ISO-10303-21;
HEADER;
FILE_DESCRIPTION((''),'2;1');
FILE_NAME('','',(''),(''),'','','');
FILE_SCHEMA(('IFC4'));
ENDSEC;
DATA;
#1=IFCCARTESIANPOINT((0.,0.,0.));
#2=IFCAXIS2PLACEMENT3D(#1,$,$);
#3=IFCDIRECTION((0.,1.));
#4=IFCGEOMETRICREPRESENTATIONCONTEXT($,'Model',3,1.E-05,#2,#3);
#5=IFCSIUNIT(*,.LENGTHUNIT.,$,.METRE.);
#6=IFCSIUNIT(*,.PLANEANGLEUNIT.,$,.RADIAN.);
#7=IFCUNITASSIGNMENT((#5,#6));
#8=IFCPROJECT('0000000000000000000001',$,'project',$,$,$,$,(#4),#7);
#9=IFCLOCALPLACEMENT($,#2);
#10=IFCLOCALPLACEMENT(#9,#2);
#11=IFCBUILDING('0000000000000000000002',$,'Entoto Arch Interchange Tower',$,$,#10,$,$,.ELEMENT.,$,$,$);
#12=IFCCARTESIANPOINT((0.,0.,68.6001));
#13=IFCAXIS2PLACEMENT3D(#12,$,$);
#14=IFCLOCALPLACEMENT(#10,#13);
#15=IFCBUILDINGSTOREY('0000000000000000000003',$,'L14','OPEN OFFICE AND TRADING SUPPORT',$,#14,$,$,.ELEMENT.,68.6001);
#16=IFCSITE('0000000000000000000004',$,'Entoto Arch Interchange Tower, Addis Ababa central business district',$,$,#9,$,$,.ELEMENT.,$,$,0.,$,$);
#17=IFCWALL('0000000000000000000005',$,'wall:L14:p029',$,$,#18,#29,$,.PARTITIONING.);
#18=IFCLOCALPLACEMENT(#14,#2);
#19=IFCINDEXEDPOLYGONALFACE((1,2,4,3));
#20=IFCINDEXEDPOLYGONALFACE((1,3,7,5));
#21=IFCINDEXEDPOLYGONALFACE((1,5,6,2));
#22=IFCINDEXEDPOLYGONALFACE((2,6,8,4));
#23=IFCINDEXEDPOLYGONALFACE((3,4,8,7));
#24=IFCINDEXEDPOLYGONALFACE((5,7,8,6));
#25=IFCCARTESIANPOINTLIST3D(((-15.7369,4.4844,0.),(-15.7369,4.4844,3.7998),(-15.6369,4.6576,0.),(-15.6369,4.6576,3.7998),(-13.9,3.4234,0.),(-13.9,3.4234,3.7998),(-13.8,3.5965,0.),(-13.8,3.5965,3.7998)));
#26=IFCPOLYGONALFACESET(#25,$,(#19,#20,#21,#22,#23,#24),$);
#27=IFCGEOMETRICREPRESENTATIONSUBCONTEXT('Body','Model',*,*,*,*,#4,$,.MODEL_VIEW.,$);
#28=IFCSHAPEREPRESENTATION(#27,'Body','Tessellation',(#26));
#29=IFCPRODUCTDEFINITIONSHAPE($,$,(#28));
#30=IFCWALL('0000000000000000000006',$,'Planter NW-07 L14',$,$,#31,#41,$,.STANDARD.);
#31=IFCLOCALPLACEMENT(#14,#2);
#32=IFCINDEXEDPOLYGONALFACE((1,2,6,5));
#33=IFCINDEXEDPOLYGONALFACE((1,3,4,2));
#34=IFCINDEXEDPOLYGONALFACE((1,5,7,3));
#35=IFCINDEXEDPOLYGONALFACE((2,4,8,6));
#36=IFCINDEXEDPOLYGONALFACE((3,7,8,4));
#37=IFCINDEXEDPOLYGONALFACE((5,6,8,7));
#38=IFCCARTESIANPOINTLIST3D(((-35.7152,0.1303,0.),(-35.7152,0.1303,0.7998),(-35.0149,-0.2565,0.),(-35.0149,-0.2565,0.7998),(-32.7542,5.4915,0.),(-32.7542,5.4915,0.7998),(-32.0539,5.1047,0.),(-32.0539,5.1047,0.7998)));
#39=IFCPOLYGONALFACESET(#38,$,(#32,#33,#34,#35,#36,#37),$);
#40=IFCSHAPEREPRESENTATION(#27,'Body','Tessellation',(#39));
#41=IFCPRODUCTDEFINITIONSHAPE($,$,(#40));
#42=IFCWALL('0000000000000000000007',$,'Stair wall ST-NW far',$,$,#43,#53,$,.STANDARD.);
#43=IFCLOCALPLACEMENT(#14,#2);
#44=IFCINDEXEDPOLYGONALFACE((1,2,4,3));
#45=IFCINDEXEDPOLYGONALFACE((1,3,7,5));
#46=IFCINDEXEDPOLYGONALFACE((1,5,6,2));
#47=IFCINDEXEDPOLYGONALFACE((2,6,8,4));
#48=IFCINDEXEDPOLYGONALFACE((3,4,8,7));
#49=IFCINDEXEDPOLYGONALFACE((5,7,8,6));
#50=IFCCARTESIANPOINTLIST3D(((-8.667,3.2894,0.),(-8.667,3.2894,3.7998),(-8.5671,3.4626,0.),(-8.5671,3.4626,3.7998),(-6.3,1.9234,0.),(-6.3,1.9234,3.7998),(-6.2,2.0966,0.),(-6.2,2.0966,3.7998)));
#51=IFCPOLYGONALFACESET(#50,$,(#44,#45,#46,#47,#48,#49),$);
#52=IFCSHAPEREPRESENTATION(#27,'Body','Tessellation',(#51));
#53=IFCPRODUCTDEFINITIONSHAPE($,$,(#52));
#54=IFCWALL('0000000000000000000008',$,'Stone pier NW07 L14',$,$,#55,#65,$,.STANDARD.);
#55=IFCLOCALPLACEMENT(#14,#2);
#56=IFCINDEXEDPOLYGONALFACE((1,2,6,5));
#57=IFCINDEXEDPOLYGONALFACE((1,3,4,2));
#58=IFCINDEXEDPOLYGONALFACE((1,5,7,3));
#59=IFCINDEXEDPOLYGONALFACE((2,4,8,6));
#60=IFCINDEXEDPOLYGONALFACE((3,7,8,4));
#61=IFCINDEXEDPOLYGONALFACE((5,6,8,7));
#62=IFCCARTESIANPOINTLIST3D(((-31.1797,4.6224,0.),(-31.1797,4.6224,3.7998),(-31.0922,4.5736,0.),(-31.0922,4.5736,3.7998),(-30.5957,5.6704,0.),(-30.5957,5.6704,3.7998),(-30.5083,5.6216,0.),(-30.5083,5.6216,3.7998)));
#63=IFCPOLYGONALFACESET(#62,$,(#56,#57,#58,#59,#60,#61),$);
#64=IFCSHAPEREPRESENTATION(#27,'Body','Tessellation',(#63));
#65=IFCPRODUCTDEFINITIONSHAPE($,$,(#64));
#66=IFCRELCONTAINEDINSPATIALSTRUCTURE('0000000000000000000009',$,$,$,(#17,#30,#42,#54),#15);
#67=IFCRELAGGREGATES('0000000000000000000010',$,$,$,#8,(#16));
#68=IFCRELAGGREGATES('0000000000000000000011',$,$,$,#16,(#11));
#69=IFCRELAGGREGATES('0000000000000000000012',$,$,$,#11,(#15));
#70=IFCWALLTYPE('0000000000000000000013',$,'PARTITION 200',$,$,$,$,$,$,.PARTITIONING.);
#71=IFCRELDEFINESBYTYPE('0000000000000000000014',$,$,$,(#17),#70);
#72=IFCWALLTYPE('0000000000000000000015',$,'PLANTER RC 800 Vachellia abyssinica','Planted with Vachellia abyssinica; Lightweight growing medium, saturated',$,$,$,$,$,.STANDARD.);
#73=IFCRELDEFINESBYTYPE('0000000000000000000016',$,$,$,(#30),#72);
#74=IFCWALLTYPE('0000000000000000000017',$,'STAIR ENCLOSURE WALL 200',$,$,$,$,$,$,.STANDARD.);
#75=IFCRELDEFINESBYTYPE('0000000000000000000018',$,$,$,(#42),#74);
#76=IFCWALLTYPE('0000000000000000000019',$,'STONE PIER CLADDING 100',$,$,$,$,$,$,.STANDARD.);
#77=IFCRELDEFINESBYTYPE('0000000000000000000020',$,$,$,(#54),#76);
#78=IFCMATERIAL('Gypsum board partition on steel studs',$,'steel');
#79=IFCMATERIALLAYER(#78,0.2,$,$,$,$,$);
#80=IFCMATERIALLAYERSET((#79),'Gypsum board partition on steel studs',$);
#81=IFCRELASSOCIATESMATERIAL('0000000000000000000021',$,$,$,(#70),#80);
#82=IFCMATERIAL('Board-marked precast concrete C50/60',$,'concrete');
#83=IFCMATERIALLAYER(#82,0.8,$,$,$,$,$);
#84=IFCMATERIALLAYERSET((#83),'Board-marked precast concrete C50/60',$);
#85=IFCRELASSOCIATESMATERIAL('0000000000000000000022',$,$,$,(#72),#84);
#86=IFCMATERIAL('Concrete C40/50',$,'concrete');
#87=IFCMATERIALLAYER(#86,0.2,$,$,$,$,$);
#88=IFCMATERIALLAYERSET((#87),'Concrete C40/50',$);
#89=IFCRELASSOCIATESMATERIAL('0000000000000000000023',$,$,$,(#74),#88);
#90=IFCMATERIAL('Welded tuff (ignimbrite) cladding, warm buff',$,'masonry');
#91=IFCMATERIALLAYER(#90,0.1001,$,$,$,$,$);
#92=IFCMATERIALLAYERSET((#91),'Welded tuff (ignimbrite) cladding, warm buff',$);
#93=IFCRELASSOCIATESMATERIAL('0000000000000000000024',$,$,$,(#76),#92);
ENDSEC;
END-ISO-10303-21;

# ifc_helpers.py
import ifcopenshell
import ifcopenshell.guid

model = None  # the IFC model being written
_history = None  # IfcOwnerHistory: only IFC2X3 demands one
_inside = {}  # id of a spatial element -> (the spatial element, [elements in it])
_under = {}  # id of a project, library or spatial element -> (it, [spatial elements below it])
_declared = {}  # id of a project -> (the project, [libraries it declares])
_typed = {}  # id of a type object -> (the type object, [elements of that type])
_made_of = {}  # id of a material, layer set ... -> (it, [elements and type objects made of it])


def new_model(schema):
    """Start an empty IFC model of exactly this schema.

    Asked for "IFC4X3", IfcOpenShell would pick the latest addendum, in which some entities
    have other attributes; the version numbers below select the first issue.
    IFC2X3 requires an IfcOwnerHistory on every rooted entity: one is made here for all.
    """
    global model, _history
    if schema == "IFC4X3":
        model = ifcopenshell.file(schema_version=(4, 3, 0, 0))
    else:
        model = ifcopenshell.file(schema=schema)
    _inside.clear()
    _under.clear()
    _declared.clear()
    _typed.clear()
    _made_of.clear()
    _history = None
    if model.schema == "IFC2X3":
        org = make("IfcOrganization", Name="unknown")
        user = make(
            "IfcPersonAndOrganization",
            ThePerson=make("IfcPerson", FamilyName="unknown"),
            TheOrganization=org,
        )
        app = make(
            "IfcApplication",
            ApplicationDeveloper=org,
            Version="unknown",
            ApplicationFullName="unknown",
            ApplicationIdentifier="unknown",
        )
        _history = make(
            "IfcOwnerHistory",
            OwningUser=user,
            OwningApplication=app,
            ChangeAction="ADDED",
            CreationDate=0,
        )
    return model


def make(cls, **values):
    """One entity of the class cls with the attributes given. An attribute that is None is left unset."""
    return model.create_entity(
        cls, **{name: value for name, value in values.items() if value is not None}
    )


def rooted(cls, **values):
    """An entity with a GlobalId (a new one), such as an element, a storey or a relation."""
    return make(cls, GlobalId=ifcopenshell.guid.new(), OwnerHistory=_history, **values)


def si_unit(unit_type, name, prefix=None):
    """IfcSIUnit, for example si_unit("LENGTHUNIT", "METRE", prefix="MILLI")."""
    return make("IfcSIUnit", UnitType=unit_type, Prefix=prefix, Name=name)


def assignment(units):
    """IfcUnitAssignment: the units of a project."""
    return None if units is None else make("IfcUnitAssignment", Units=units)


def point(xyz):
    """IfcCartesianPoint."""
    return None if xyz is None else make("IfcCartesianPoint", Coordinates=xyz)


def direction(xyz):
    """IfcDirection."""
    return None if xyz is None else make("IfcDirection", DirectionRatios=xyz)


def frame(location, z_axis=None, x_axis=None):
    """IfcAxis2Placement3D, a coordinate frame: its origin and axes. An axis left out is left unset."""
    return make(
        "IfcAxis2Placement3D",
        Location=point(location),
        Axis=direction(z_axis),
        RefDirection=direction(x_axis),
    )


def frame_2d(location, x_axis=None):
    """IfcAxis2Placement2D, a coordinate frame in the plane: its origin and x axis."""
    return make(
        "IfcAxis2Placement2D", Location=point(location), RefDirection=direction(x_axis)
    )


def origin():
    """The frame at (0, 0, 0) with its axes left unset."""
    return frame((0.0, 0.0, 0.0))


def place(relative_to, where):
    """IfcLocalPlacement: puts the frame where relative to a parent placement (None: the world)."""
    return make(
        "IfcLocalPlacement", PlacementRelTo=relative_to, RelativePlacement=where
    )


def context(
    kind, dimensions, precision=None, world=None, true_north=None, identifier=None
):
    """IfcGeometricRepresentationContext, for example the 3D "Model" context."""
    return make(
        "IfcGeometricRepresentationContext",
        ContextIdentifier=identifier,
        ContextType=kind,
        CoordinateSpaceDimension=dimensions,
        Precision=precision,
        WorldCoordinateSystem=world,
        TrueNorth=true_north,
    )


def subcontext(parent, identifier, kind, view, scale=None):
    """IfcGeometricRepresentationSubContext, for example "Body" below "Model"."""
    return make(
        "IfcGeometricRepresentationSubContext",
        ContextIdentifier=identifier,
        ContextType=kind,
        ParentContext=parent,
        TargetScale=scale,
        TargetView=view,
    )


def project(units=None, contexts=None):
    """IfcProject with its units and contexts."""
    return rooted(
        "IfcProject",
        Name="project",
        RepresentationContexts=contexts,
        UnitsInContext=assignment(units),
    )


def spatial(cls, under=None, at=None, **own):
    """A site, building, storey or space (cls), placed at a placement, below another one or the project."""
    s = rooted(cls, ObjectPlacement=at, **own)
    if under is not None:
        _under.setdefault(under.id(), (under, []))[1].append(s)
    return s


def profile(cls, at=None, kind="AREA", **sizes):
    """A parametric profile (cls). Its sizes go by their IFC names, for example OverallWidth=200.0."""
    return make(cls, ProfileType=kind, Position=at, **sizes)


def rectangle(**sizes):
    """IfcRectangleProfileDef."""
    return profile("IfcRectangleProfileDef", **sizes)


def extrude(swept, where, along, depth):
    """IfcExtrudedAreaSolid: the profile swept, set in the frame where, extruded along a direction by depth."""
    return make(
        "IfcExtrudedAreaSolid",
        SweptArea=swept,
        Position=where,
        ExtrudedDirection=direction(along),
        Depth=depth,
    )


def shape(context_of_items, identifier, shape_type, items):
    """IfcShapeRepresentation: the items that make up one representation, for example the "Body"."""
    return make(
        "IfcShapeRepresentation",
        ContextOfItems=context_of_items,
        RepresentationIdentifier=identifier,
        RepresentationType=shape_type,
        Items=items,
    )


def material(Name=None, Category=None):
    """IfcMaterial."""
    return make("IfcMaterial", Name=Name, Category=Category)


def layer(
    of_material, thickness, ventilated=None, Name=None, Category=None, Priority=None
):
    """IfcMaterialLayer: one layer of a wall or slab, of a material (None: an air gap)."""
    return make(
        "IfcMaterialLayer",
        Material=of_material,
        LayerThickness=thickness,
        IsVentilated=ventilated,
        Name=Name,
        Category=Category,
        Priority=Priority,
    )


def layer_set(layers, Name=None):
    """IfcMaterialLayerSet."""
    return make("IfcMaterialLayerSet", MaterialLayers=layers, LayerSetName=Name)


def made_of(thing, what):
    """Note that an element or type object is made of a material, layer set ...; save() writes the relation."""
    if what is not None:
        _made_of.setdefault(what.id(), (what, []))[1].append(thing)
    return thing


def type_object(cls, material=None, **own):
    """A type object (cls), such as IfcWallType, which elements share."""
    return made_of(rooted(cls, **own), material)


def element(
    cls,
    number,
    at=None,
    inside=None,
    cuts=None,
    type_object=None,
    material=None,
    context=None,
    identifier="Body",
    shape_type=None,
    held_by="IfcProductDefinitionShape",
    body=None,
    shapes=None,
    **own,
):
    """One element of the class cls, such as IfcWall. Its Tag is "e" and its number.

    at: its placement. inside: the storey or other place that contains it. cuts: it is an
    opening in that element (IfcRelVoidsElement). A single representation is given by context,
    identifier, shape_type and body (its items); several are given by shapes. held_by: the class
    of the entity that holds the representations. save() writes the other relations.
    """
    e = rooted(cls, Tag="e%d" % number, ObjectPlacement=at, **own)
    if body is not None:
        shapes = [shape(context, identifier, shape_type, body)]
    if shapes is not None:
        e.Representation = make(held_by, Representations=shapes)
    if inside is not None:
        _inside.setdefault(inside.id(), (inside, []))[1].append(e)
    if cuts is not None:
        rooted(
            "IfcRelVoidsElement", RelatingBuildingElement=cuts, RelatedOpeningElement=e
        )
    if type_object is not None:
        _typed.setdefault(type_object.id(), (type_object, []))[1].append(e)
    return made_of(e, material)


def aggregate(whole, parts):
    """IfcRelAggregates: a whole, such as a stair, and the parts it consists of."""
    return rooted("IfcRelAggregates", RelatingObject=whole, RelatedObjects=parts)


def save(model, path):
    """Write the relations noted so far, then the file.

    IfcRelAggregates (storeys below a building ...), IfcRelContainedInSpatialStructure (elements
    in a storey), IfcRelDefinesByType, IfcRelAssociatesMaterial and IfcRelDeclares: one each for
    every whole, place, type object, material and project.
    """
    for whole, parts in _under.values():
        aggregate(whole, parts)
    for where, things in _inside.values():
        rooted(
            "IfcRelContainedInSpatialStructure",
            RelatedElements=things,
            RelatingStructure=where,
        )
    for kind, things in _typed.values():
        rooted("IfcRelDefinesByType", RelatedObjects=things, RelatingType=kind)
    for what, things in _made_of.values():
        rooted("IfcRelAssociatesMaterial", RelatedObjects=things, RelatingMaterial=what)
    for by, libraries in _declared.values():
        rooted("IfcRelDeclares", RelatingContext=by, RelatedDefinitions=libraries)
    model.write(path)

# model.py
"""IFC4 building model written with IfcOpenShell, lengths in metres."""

from ifc_helpers import new_model, si_unit, direction, frame, frame_2d, origin, place, context, subcontext, project, spatial, rectangle, extrude, material, layer, layer_set, type_object, element, save


model = new_model("IFC4")

# Units and contexts
model_context = context("Model", 3, precision=1e-05, world=origin(), true_north=direction((0.0, 1.0)))
body_context = subcontext(model_context, "Body", "Model", "MODEL_VIEW")
ifc_project = project(units=[si_unit("LENGTHUNIT", "METRE"), si_unit("PLANEANGLEUNIT", "RADIAN")], contexts=[model_context])

# Site, building, storey
site_placement = place(None, origin())
site = spatial("IfcSite", under=ifc_project, at=site_placement, Name="Entoto Arch Interchange Tower, Addis Ababa central business district", CompositionType="ELEMENT", RefElevation=0.0)
building_placement = place(site_placement, origin())
building = spatial("IfcBuilding", under=site, at=building_placement, Name="Entoto Arch Interchange Tower", CompositionType="ELEMENT")
storey_placement = place(building_placement, frame((0.0, 0.0, 68.6001)))
storey = spatial("IfcBuildingStorey", under=building, at=storey_placement, Name="L14", Description="OPEN OFFICE AND TRADING SUPPORT", CompositionType="ELEMENT", Elevation=68.6001)

# Shared definitions
ifc_material_1 = material(Name="Concrete C40/50", Category="concrete")
ifc_material_2 = material(Name="Gypsum board partition on steel studs", Category="steel")

# Shared definitions
ifc_layer_1 = layer(ifc_material_2, 0.2)
ifc_layer_set_1 = layer_set([ifc_layer_1], Name="Gypsum board partition on steel studs")
wall_type_1 = type_object("IfcWallType", Name="PARTITION 200", PredefinedType="PARTITIONING", material=ifc_layer_set_1)

# Walls
wall_1_placement = place(storey_placement, frame((-13.8501, 3.51, 0.0), z_axis=(0.0, 0.0, 1.0), x_axis=(-0.865925, 0.500174, 0.0)))
element("IfcWall", 1, at=wall_1_placement, inside=storey, type_object=wall_type_1, Name="wall:L14:p029", PredefinedType="PARTITIONING", context=body_context, shape_type="SweptSolid", body=[
    extrude(rectangle(XDim=2.1213, YDim=0.2, at=frame_2d((1.0605, 0.0))), origin(), (0.0, 0.0, 1.0), 3.7998),
])
ifc_material_3 = material(Name="Board-marked precast concrete C50/60", Category="concrete")
ifc_layer_2 = layer(ifc_material_3, 0.8)
ifc_layer_set_2 = layer_set([ifc_layer_2], Name="Board-marked precast concrete C50/60")
wall_type_2 = type_object("IfcWallType", Name="PLANTER RC 800 Vachellia abyssinica", Description="Planted with Vachellia abyssinica; Lightweight growing medium, saturated", PredefinedType="STANDARD", material=ifc_layer_set_2)
wall_2_placement = place(storey_placement, frame((-32.4041, 5.2981, 0.0), z_axis=(0.0, 0.0, 1.0), x_axis=(-0.483465, -0.875364, 0.0)))
element("IfcWall", 2, at=wall_2_placement, inside=storey, type_object=wall_type_2, Name="Planter NW-07 L14", PredefinedType="STANDARD", context=body_context, shape_type="SweptSolid", body=[
    extrude(rectangle(XDim=6.1245, YDim=0.8, at=frame_2d((3.0623, 0.0))), origin(), (0.0, 0.0, 1.0), 0.7998),
])
ifc_layer_3 = layer(ifc_material_1, 0.2)
ifc_layer_set_3 = layer_set([ifc_layer_3], Name="Concrete C40/50")
wall_type_3 = type_object("IfcWallType", Name="STAIR ENCLOSURE WALL 200", PredefinedType="STANDARD", material=ifc_layer_set_3)
wall_3_placement = place(storey_placement, frame((-6.25, 2.01, 0.0), z_axis=(0.0, 0.0, 1.0), x_axis=(-0.866119, 0.499838, 0.0)))
element("IfcWall", 3, at=wall_3_placement, inside=storey, type_object=wall_type_3, Name="Stair wall ST-NW far", PredefinedType="STANDARD", context=body_context, shape_type="SweptSolid", body=[
    extrude(rectangle(XDim=2.7329, YDim=0.2, at=frame_2d((1.3665, 0.0))), origin(), (0.0, 0.0, 1.0), 3.7998),
])

# Shared definitions
ifc_material_4 = material(Name="Welded tuff (ignimbrite) cladding, warm buff", Category="masonry")

# Wall
ifc_layer_4 = layer(ifc_material_4, 0.1001)
ifc_layer_set_4 = layer_set([ifc_layer_4], Name="Welded tuff (ignimbrite) cladding, warm buff")
wall_type_4 = type_object("IfcWallType", Name="STONE PIER CLADDING 100", PredefinedType="STANDARD", material=ifc_layer_set_4)
wall_4_placement = place(storey_placement, frame((-30.552, 5.646, 0.0), z_axis=(0.0, 0.0, 1.0), x_axis=(-0.486731, -0.873552, 0.0)))
element("IfcWall", 4, at=wall_4_placement, inside=storey, type_object=wall_type_4, Name="Stone pier NW07 L14", PredefinedType="STANDARD", context=body_context, shape_type="SweptSolid", body=[
    extrude(rectangle(XDim=1.1997, YDim=0.1001, at=frame_2d((0.5999, 0.0))), origin(), (0.0, 0.0, 1.0), 3.7998),
])

save(model, "model.ifc")
